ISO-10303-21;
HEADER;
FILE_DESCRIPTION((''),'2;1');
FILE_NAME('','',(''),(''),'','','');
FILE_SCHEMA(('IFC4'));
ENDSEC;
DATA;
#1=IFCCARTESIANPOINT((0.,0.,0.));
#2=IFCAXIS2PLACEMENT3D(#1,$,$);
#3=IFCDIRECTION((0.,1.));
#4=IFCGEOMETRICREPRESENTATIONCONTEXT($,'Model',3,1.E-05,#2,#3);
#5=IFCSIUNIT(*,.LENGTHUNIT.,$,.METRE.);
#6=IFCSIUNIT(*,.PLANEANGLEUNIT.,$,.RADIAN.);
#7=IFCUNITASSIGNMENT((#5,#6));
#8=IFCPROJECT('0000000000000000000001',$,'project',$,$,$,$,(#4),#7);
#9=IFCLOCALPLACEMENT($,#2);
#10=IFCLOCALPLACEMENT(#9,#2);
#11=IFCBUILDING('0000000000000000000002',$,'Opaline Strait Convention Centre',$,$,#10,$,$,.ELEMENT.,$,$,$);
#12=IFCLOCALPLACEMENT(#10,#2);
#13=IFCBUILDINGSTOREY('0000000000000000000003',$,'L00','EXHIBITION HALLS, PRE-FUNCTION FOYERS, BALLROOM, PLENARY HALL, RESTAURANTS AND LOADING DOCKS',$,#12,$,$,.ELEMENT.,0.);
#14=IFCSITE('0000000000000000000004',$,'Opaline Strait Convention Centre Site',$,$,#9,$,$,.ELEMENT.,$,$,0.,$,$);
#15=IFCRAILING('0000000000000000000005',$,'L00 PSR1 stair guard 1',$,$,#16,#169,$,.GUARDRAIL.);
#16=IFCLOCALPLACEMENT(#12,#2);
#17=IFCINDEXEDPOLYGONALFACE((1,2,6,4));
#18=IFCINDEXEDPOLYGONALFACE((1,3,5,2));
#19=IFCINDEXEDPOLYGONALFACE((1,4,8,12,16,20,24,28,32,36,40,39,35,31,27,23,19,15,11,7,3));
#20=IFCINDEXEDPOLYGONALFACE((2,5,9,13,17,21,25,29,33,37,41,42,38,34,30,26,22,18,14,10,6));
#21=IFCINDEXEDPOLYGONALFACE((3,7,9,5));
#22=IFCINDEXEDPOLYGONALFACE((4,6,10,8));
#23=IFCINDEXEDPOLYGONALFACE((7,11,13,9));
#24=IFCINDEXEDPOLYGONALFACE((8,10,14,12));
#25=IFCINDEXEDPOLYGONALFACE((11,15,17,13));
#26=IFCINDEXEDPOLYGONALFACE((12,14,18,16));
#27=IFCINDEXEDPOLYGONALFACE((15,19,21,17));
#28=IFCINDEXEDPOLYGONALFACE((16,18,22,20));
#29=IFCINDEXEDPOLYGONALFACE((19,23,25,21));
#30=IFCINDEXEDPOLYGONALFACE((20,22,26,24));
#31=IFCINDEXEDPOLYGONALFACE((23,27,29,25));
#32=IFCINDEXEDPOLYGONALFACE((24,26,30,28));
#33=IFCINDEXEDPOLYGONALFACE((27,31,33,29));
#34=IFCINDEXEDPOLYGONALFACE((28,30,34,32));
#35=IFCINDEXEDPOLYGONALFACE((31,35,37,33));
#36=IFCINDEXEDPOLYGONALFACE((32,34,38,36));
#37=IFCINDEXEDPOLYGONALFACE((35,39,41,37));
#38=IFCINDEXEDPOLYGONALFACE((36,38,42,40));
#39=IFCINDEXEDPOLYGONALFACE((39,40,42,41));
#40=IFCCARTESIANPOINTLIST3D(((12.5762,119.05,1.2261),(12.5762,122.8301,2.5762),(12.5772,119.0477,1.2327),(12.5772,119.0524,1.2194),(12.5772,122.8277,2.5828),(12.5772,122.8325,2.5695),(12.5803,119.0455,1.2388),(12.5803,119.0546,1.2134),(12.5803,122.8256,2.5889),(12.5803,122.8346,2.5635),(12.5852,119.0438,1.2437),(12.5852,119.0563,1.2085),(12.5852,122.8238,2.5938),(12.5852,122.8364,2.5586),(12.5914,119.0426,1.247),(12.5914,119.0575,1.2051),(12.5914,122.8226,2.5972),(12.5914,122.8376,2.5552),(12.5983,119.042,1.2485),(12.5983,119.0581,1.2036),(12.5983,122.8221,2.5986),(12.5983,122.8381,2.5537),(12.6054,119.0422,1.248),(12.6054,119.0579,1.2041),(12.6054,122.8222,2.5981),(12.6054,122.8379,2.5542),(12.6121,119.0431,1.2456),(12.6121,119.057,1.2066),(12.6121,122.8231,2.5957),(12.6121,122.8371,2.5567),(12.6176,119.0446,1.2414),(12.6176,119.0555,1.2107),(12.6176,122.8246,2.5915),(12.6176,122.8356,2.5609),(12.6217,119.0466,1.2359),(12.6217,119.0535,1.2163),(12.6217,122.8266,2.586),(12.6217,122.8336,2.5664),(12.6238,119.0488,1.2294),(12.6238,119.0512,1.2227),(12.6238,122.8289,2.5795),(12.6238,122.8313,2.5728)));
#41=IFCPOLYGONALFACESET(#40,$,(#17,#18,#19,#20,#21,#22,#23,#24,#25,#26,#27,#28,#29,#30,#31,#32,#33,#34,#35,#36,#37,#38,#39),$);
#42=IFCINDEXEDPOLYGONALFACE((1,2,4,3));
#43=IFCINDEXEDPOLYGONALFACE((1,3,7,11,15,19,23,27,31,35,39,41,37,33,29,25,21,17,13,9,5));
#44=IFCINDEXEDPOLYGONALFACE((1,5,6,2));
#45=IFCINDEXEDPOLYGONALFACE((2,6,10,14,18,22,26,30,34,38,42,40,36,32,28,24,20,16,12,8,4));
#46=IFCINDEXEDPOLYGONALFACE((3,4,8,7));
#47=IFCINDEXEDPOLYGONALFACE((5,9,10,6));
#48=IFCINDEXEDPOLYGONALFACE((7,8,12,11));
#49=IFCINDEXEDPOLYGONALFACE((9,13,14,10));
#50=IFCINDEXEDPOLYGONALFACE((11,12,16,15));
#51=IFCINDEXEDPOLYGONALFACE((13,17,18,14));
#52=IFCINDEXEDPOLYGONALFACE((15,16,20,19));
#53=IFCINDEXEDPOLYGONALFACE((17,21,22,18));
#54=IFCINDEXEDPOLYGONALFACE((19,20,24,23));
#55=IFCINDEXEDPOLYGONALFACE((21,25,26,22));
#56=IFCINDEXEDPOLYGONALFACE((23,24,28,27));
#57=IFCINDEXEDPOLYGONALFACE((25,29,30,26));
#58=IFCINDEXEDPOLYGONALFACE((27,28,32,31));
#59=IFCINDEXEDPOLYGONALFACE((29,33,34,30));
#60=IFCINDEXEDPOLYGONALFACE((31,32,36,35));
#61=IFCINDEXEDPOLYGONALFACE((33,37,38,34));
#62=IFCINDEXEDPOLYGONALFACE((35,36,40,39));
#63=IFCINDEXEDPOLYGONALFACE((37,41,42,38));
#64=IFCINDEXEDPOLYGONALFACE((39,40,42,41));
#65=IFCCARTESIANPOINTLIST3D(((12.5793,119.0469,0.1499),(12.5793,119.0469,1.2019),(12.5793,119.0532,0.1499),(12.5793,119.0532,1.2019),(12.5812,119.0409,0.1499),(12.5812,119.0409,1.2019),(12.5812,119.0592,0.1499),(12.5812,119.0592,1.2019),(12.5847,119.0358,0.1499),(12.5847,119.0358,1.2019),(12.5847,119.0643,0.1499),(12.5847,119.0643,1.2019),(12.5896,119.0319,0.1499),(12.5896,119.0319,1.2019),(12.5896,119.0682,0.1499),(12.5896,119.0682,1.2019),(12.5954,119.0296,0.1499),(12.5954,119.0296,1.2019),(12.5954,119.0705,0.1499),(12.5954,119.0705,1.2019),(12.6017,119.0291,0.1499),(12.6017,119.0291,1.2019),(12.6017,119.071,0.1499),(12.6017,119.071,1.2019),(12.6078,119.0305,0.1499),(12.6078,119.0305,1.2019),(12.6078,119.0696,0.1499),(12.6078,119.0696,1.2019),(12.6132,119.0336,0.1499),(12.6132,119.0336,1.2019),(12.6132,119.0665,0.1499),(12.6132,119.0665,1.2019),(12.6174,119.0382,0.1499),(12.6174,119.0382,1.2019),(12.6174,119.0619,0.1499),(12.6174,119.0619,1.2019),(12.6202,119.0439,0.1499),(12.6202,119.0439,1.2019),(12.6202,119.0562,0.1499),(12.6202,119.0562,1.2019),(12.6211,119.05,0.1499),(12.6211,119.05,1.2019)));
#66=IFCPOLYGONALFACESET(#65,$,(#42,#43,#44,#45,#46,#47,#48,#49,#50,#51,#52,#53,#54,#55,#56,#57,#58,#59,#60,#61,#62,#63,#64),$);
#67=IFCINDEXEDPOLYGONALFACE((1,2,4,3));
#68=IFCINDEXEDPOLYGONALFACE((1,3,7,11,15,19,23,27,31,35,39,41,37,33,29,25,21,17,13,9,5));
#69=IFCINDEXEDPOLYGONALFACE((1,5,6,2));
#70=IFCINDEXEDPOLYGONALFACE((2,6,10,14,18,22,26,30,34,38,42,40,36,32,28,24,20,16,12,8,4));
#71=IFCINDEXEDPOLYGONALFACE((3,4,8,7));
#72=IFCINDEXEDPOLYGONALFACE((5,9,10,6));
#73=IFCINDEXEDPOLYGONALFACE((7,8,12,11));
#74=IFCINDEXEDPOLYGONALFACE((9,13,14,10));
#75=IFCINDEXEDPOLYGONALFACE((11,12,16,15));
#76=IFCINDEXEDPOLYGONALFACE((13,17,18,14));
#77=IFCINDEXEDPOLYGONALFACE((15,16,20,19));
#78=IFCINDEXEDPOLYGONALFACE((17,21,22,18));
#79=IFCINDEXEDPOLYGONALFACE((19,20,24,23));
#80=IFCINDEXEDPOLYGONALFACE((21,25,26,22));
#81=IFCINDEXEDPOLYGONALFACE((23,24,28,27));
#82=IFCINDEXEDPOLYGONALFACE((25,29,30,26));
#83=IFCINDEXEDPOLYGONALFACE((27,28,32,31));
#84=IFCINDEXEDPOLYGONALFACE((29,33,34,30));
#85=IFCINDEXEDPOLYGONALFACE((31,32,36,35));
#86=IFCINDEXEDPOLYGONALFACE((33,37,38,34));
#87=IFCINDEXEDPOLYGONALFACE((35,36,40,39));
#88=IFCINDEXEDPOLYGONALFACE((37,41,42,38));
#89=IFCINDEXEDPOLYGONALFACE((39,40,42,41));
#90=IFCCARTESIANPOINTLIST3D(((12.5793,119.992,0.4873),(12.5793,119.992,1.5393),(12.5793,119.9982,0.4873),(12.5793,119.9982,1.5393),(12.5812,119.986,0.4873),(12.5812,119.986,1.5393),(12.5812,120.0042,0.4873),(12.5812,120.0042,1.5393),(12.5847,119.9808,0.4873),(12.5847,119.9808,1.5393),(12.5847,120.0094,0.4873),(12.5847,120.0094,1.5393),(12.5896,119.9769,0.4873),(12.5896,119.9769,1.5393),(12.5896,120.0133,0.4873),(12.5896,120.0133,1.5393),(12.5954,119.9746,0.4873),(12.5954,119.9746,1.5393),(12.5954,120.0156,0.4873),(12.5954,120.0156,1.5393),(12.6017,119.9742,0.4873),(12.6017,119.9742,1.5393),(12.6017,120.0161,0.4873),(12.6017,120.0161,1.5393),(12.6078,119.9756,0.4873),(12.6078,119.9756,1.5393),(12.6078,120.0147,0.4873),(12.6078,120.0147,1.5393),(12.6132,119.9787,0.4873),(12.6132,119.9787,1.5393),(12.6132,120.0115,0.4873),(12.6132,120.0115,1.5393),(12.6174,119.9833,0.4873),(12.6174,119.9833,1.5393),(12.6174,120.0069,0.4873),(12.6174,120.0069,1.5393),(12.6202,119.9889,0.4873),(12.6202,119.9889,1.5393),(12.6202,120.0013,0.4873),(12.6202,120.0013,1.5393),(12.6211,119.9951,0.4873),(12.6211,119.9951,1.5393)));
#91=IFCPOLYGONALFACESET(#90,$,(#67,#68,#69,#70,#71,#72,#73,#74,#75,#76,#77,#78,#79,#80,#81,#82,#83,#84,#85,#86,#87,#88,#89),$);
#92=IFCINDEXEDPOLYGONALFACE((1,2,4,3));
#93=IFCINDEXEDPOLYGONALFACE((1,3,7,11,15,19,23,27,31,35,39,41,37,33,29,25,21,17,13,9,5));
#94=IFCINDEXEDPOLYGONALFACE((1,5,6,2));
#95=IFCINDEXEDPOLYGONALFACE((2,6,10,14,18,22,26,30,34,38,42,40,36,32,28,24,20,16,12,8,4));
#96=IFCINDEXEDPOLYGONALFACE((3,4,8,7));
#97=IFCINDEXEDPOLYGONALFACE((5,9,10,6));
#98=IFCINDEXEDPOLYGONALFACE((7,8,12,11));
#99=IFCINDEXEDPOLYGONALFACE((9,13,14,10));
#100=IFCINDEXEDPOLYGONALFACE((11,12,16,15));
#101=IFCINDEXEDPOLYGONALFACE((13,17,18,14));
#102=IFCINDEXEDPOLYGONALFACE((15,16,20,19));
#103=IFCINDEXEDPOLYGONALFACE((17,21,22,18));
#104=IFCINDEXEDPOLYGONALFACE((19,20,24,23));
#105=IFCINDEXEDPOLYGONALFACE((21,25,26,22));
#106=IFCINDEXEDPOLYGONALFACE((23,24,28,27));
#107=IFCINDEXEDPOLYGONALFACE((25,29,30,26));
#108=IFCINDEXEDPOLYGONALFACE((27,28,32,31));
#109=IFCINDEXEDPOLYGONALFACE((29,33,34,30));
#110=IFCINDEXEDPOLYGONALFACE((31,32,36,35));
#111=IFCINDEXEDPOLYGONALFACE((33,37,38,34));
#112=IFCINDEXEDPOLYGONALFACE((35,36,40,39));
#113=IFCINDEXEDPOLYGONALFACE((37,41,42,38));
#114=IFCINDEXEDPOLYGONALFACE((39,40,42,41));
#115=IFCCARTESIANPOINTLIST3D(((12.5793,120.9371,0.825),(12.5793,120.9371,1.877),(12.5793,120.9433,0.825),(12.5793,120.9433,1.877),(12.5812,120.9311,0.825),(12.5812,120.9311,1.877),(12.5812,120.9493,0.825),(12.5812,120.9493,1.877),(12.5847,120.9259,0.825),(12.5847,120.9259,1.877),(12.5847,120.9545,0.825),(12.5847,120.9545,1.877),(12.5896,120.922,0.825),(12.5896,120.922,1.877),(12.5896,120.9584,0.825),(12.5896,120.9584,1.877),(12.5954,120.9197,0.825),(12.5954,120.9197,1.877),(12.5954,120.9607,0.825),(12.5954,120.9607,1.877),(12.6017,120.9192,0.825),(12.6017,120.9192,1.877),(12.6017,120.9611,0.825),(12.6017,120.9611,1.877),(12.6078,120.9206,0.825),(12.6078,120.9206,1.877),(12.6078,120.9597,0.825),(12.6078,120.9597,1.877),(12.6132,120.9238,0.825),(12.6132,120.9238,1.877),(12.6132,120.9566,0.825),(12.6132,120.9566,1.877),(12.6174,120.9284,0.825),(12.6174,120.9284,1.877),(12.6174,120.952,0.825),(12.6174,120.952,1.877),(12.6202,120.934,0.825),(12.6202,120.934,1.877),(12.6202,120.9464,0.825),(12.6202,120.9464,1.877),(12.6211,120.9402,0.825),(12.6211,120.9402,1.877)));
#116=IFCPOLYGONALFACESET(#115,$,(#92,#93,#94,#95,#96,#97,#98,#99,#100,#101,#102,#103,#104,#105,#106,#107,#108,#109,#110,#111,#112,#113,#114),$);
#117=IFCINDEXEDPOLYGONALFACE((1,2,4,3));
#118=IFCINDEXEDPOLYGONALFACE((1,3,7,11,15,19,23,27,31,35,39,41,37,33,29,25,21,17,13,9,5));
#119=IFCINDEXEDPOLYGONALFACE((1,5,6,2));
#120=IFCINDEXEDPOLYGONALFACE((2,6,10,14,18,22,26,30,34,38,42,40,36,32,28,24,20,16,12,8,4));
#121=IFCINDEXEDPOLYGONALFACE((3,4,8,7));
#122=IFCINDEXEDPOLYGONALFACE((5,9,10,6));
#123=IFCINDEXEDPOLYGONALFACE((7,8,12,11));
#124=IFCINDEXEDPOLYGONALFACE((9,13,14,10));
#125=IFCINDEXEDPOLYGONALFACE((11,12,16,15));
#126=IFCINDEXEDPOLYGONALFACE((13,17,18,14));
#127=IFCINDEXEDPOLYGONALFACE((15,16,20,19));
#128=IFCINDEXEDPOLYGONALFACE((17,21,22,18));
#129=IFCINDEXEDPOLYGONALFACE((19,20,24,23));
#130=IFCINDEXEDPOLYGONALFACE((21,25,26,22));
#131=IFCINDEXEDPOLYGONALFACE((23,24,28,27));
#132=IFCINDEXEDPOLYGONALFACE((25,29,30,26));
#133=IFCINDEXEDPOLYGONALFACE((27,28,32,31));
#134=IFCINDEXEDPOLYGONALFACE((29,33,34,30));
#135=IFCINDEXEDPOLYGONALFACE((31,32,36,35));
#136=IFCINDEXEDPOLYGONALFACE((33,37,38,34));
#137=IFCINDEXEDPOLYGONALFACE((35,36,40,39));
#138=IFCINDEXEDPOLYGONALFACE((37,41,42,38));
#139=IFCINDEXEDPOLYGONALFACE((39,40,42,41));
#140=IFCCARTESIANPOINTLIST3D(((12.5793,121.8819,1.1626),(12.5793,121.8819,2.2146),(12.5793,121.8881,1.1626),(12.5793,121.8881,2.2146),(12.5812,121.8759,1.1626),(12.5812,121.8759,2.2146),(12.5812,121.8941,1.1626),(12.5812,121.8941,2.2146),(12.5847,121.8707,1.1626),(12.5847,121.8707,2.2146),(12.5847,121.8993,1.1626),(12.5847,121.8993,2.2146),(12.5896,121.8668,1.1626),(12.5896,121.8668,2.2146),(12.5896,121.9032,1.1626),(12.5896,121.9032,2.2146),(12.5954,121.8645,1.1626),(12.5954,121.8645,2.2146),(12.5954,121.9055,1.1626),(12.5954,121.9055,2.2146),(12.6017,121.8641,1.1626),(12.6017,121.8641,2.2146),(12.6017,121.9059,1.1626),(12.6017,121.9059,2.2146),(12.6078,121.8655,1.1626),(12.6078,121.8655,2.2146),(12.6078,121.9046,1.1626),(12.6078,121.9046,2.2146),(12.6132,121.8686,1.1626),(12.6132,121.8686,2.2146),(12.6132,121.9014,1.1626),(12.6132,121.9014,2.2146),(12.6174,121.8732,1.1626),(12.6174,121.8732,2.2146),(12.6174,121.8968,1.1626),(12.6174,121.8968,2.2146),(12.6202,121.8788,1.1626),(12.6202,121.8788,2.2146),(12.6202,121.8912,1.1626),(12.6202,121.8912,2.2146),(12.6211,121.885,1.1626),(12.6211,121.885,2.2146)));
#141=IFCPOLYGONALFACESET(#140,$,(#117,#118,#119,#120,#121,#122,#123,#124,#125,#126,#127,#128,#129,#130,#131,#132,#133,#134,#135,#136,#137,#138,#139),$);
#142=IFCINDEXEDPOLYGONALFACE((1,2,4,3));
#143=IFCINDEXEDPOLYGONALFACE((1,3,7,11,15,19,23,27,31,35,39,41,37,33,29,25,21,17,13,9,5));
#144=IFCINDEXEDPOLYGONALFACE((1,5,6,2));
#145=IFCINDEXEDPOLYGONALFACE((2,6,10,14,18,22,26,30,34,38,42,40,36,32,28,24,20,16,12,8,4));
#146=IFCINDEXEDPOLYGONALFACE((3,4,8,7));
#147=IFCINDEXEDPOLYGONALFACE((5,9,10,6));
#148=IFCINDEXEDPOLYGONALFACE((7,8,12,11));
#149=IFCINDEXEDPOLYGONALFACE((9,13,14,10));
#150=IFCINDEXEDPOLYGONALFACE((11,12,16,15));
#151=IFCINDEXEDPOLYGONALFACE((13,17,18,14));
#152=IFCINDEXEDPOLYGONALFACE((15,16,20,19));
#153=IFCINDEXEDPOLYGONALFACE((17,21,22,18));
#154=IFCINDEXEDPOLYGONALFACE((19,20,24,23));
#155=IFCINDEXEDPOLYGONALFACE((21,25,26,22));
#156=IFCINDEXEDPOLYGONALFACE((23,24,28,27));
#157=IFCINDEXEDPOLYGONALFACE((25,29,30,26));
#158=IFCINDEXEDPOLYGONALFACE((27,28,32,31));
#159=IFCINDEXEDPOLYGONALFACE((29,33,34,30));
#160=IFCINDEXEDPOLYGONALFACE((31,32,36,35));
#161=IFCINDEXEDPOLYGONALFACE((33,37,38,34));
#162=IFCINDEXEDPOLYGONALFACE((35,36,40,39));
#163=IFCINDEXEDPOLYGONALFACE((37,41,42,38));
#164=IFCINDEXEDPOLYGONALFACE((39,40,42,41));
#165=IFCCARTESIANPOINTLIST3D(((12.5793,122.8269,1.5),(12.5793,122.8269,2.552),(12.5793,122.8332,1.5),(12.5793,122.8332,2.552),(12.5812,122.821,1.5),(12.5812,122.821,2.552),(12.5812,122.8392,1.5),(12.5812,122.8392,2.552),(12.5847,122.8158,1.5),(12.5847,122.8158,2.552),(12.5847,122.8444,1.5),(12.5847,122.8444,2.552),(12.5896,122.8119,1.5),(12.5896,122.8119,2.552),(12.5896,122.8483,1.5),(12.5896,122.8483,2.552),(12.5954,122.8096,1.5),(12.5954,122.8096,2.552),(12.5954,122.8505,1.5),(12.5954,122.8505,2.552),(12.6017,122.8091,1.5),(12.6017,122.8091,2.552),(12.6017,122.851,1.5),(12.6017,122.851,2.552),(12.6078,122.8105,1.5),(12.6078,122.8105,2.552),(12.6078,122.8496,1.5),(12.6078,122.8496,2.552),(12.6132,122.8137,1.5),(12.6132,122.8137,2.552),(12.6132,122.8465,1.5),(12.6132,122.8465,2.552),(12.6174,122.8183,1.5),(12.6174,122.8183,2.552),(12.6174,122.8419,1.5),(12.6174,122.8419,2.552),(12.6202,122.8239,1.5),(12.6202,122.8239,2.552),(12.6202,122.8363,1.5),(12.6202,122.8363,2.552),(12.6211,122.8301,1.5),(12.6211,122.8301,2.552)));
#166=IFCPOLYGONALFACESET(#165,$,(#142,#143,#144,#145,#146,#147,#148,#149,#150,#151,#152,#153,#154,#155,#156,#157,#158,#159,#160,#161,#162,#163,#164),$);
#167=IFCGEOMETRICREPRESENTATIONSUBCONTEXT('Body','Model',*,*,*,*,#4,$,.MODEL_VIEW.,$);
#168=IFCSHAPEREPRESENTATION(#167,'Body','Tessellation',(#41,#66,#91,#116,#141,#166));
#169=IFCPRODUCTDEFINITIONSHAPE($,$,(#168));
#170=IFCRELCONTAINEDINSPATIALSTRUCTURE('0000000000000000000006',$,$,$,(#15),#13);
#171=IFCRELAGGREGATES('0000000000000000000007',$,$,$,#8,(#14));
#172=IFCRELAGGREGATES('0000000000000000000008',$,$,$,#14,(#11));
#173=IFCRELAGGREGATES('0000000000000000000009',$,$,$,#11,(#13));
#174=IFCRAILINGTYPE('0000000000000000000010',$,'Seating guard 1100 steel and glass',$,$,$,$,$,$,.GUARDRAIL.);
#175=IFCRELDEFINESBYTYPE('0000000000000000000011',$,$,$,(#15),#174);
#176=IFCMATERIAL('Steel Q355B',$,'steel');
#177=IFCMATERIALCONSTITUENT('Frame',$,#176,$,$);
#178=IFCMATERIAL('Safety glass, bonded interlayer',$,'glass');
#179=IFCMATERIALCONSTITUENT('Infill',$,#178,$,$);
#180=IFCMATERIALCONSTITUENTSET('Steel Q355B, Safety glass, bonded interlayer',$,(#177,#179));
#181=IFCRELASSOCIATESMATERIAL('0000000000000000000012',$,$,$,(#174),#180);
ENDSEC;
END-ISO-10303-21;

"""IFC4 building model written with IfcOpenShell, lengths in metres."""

from ifc_helpers import new_model, si_unit, direction, frame, origin, origin_2d, place, context, subcontext, project, spatial, circle, extrude, material, constituent, constituent_set, type_object, element, save


model = new_model("IFC4")

# Units and contexts
model_context = context("Model", 3, precision=1e-05, world=origin(), true_north=direction((0.0, 1.0)))
body_context = subcontext(model_context, "Body", "Model", "MODEL_VIEW")
ifc_project = project(units=[si_unit("LENGTHUNIT", "METRE"), si_unit("PLANEANGLEUNIT", "RADIAN")], contexts=[model_context])

# Site, building, storey
site_placement = place(None, origin())
site = spatial("IfcSite", under=ifc_project, at=site_placement, Name="Opaline Strait Convention Centre Site", CompositionType="ELEMENT", RefElevation=0.0)
building_placement = place(site_placement, origin())
building = spatial("IfcBuilding", under=site, at=building_placement, Name="Opaline Strait Convention Centre", CompositionType="ELEMENT")
storey_placement = place(building_placement, origin())
storey = spatial("IfcBuildingStorey", under=building, at=storey_placement, Name="L00", Description="EXHIBITION HALLS, PRE-FUNCTION FOYERS, BALLROOM, PLENARY HALL, RESTAURANTS AND LOADING DOCKS", CompositionType="ELEMENT", Elevation=0.0)

# Railing
ifc_material_1 = material(Name="Steel Q355B", Category="steel")
ifc_constituent_1 = constituent(ifc_material_1, Name="Frame")
ifc_material_2 = material(Name="Safety glass, bonded interlayer", Category="glass")
ifc_constituent_2 = constituent(ifc_material_2, Name="Infill")
ifc_constituent_set = constituent_set(constituents=[ifc_constituent_1, ifc_constituent_2], Name="Steel Q355B, Safety glass, bonded interlayer")
railing_type_1 = type_object("IfcRailingType", Name="Seating guard 1100 steel and glass", PredefinedType="GUARDRAIL", material=ifc_constituent_set)
railing_1_placement = place(storey_placement, frame((12.6001, 119.05, 0.1499)))
element("IfcRailing", 1, at=railing_1_placement, inside=storey, type_object=railing_type_1, Name="L00 PSR1 stair guard 1", PredefinedType="GUARDRAIL", context=body_context, shape_type="SweptSolid", body=[
    extrude(circle(Radius=0.0239, at=origin_2d()), frame((0.0, 0.0, 1.0762), z_axis=(0.0, 0.941735, 0.336356), x_axis=(-1.0, 0.0, 0.0)), (0.0, 0.0, 1.0), 4.0139),
    extrude(circle(Radius=0.021, at=origin_2d()), origin(), (0.0, 0.0, 1.0), 1.052),
    extrude(circle(Radius=0.021, at=origin_2d()), frame((0.0, 0.9451, 0.3374)), (0.0, 0.0, 1.0), 1.052),
    extrude(circle(Radius=0.021, at=origin_2d()), frame((0.0, 1.8901, 0.675)), (0.0, 0.0, 1.0), 1.052),
    extrude(circle(Radius=0.021, at=origin_2d()), frame((0.0, 2.835, 1.0127)), (0.0, 0.0, 1.0), 1.052),
    extrude(circle(Radius=0.021, at=origin_2d()), frame((0.0, 3.78, 1.3501)), (0.0, 0.0, 1.0), 1.052),
])

save(model, "model.ifc")
